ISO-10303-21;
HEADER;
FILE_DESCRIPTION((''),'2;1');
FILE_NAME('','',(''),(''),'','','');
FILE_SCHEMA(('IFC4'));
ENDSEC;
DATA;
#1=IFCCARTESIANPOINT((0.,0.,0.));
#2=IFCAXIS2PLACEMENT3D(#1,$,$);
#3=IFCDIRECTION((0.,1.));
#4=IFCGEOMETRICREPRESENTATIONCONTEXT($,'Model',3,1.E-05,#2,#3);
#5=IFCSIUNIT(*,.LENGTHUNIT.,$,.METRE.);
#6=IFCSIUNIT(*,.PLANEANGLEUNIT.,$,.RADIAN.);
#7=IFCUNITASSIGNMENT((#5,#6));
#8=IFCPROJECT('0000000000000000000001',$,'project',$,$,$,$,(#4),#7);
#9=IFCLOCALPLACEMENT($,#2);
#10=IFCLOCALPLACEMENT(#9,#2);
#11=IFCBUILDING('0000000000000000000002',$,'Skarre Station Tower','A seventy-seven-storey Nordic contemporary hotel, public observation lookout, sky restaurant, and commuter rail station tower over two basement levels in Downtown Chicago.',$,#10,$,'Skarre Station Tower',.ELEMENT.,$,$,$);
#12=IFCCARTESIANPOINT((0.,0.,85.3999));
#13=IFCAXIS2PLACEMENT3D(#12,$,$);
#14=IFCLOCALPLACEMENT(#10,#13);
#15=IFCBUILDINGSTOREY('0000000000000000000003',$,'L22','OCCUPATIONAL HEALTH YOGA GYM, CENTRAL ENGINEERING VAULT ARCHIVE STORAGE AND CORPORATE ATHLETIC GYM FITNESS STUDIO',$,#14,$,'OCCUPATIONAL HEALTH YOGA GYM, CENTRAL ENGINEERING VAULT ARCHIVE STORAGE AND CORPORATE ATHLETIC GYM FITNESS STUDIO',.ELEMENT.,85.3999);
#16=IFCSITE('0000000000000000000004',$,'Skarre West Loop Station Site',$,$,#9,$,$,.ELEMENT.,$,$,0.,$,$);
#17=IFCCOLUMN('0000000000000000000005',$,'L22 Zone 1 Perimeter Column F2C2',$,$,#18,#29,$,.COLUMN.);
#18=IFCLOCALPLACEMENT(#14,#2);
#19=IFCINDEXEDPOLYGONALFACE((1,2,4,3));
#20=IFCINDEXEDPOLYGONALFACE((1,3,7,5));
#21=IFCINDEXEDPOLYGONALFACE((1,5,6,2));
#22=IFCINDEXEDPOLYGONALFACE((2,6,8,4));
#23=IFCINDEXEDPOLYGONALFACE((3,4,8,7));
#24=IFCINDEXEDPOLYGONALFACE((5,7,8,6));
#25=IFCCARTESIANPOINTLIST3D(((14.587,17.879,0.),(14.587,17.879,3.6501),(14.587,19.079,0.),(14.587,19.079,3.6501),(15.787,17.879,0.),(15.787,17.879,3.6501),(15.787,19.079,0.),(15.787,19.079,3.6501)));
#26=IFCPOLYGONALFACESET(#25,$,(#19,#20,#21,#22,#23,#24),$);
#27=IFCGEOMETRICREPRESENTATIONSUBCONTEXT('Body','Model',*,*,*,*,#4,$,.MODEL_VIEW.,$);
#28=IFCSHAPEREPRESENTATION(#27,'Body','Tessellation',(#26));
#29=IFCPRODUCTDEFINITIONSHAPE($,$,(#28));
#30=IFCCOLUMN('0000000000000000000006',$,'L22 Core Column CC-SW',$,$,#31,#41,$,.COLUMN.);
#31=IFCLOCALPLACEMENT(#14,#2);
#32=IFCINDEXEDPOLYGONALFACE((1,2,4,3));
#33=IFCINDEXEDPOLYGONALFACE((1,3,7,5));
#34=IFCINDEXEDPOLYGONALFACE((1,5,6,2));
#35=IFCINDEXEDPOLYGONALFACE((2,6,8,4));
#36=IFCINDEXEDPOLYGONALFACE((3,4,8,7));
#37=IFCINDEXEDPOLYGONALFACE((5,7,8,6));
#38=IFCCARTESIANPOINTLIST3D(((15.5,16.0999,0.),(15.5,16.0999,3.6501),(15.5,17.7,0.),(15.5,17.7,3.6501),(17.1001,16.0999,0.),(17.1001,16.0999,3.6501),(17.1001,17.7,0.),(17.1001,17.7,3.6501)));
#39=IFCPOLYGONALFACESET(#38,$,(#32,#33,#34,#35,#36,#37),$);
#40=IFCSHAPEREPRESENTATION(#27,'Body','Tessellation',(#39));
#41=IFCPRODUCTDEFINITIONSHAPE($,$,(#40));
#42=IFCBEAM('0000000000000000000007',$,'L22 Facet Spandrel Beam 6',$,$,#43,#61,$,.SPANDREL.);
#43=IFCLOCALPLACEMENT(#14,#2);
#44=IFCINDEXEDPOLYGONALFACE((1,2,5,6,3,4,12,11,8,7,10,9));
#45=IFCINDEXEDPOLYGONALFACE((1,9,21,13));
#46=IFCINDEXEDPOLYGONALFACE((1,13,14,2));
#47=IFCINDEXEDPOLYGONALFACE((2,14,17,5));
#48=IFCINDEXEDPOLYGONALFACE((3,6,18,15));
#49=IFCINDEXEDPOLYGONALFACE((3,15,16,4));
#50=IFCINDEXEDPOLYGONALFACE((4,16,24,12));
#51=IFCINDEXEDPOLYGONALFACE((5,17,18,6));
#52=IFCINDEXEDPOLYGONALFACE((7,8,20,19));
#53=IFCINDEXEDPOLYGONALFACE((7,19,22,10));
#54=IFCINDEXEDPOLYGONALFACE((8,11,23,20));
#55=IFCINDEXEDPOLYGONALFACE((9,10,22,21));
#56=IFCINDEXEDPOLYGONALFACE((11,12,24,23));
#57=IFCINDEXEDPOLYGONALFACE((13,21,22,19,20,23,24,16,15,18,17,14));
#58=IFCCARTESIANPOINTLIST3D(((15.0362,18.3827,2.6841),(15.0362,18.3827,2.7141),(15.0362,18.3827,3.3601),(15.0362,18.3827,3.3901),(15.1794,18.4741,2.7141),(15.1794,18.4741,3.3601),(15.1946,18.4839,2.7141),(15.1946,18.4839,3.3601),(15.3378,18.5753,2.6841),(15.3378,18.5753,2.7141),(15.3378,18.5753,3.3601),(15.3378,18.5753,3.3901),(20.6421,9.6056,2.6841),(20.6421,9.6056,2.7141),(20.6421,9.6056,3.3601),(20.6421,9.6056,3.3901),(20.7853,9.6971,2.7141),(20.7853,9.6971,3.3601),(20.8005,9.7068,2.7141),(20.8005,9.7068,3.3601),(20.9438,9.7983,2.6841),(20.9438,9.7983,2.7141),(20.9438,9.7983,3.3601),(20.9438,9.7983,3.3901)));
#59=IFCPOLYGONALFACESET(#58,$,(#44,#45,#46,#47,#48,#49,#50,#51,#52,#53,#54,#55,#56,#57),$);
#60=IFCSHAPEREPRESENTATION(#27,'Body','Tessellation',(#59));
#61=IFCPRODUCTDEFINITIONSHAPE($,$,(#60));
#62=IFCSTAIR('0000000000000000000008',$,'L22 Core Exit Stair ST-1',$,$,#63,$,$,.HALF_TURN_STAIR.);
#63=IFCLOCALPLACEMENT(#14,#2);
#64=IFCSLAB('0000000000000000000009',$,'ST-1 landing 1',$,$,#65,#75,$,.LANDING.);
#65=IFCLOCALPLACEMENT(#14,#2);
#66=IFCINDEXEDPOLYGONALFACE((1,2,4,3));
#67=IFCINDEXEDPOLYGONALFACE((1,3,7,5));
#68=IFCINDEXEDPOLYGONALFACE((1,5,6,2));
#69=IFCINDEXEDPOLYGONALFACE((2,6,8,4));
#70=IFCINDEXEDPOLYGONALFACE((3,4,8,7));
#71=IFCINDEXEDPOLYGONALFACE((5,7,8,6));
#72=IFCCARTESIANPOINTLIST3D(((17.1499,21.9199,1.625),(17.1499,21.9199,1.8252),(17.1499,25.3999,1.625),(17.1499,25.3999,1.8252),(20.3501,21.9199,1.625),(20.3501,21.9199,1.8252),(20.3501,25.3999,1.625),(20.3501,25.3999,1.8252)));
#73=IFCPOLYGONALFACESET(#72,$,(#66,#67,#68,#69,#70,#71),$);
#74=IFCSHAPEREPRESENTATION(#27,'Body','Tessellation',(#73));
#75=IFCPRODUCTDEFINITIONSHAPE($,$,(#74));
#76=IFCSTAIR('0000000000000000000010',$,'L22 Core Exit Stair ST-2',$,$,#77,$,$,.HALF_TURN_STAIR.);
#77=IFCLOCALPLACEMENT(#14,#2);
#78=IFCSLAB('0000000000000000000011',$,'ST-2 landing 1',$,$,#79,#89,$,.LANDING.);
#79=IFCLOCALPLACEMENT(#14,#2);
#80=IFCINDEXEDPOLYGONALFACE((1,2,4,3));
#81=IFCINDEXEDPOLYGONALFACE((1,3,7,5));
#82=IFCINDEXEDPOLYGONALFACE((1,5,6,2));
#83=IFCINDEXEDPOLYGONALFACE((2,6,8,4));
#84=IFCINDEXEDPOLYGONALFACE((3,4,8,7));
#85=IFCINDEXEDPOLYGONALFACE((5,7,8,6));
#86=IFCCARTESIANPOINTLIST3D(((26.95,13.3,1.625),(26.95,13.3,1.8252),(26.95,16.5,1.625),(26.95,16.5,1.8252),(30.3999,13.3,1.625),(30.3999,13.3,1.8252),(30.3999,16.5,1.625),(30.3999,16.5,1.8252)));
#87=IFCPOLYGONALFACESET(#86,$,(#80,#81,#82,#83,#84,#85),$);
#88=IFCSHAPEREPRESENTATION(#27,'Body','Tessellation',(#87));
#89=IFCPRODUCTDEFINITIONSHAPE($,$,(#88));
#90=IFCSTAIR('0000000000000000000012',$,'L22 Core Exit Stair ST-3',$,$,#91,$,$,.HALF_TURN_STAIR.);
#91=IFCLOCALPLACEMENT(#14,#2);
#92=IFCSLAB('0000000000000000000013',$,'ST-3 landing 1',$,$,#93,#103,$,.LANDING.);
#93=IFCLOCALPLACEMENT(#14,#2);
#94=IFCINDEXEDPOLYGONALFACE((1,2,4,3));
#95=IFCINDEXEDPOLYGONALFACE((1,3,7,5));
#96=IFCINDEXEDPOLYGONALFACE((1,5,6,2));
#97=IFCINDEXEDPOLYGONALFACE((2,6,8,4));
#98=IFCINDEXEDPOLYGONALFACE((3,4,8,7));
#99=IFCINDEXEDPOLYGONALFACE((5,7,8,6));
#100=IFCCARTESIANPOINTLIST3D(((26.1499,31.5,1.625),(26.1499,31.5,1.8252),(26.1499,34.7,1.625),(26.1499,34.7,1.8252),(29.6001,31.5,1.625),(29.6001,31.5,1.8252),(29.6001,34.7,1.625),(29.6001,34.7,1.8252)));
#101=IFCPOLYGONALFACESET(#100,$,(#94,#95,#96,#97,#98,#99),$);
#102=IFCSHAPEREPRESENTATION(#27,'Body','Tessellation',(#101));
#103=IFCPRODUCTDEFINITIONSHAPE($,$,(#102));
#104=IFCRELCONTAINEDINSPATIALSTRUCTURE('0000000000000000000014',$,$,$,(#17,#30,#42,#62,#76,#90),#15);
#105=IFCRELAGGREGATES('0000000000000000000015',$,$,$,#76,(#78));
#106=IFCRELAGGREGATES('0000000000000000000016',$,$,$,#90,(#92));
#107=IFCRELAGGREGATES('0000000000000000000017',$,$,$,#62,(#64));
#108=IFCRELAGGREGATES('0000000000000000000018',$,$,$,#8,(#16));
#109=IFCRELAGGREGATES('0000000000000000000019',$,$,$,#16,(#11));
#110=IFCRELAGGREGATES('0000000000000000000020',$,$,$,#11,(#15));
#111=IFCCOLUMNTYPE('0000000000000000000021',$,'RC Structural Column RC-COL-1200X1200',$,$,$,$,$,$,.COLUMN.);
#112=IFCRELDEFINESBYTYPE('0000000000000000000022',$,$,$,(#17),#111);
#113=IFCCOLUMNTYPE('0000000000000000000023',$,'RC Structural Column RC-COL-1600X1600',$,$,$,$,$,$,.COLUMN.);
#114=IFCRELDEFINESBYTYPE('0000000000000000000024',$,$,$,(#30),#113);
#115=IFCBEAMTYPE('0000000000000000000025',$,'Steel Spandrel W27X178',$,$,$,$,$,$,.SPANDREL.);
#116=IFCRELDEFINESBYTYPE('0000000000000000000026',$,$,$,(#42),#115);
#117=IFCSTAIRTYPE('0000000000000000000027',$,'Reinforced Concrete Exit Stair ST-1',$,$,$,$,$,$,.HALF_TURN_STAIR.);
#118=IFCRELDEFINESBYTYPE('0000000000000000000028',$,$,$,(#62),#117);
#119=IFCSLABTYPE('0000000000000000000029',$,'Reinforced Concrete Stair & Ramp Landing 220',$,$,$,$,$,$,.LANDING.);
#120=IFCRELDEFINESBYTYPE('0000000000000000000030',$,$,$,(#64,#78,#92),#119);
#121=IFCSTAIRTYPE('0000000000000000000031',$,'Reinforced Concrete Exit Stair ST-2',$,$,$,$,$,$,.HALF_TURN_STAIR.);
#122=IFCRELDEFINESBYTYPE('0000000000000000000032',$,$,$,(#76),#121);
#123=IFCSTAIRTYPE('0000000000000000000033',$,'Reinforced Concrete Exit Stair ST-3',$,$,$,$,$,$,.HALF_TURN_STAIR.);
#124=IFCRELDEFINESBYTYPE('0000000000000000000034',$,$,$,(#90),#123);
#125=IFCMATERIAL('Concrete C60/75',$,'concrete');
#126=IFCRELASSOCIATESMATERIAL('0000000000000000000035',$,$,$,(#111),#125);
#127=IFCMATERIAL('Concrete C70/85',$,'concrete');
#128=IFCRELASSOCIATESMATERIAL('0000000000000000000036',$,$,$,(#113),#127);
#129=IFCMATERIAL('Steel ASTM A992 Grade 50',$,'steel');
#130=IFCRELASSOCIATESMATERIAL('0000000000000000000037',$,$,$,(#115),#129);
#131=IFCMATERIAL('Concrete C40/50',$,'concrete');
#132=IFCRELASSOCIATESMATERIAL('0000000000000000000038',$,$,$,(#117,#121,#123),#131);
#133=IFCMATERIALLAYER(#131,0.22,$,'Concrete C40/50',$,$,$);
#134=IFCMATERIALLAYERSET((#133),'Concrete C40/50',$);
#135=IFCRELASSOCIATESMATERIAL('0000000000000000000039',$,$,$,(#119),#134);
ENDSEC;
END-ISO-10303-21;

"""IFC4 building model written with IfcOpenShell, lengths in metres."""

from ifc_helpers import new_model, si_unit, direction, frame, origin, origin_2d, place, context, subcontext, project, spatial, polyline, rectangle, i_section, outline, extrude, material, layer, layer_set, material_profile, profile_set, type_object, element, aggregate, save


model = new_model("IFC4")

# Units and contexts
model_context = context("Model", 3, precision=1e-05, world=origin(), true_north=direction((0.0, 1.0)))
body_context = subcontext(model_context, "Body", "Model", "MODEL_VIEW")
ifc_project = project(units=[si_unit("LENGTHUNIT", "METRE"), si_unit("PLANEANGLEUNIT", "RADIAN")], contexts=[model_context])

# Site, building, storey
site_placement = place(None, origin())
site = spatial("IfcSite", under=ifc_project, at=site_placement, Name="Skarre West Loop Station Site", CompositionType="ELEMENT", RefElevation=0.0)
building_placement = place(site_placement, origin())
building = spatial("IfcBuilding", under=site, at=building_placement, Name="Skarre Station Tower", Description="A seventy-seven-storey Nordic contemporary hotel, public observation lookout, sky restaurant, and commuter rail station tower over two basement levels in Downtown Chicago.", LongName="Skarre Station Tower", CompositionType="ELEMENT")
storey_placement = place(building_placement, frame((0.0, 0.0, 85.3999)))
storey = spatial("IfcBuildingStorey", under=building, at=storey_placement, Name="L22", Description="OCCUPATIONAL HEALTH YOGA GYM, CENTRAL ENGINEERING VAULT ARCHIVE STORAGE AND CORPORATE ATHLETIC GYM FITNESS STUDIO", LongName="OCCUPATIONAL HEALTH YOGA GYM, CENTRAL ENGINEERING VAULT ARCHIVE STORAGE AND CORPORATE ATHLETIC GYM FITNESS STUDIO", CompositionType="ELEMENT", Elevation=85.3999)

# Columns
ifc_material_1 = material(Name="Concrete C60/75", Category="concrete")
ifc_material_profile_1 = material_profile(ifc_material_1, rectangle(XDim=1.2, YDim=1.2, at=origin_2d()), Name="Concrete C60/75")
ifc_profile_set_1 = profile_set([ifc_material_profile_1], Name="Concrete C60/75")
column_type_1 = type_object("IfcColumnType", Name="RC Structural Column RC-COL-1200X1200", PredefinedType="COLUMN", material=ifc_profile_set_1)
column_1_placement = place(storey_placement, frame((15.187, 18.479, 0.0), z_axis=(0.0, 0.0, 1.0), x_axis=(1.0, 0.0, 0.0)))
element("IfcColumn", 1, at=column_1_placement, inside=storey, type_object=column_type_1, Name="L22 Zone 1 Perimeter Column F2C2", PredefinedType="COLUMN", context=body_context, shape_type="SweptSolid", body=[
    extrude(rectangle(XDim=1.2, YDim=1.2, at=origin_2d()), origin(), (0.0, 0.0, 1.0), 3.6501),
])
ifc_material_2 = material(Name="Concrete C70/85", Category="concrete")
ifc_material_profile_2 = material_profile(ifc_material_2, rectangle(XDim=1.6001, YDim=1.6001, at=origin_2d()), Name="Concrete C70/85")
ifc_profile_set_2 = profile_set([ifc_material_profile_2], Name="Concrete C70/85")
column_type_2 = type_object("IfcColumnType", Name="RC Structural Column RC-COL-1600X1600", PredefinedType="COLUMN", material=ifc_profile_set_2)
column_2_placement = place(storey_placement, frame((16.3, 16.8999, 0.0), z_axis=(0.0, 0.0, 1.0), x_axis=(1.0, 0.0, 0.0)))
element("IfcColumn", 2, at=column_2_placement, inside=storey, type_object=column_type_2, Name="L22 Core Column CC-SW", PredefinedType="COLUMN", context=body_context, shape_type="SweptSolid", body=[
    extrude(rectangle(XDim=1.6001, YDim=1.6001, at=origin_2d()), origin(), (0.0, 0.0, 1.0), 3.6501),
])

# Beam
ifc_material_3 = material(Name="Steel ASTM A992 Grade 50", Category="steel")
ifc_material_profile_3 = material_profile(ifc_material_3, i_section(OverallWidth=0.3579, OverallDepth=0.7061, WebThickness=0.0181, FlangeThickness=0.03, at=origin_2d()), Name="Steel ASTM A992 Grade 50")
ifc_profile_set_3 = profile_set([ifc_material_profile_3], Name="Steel ASTM A992 Grade 50")
beam_type = type_object("IfcBeamType", Name="Steel Spandrel W27X178", PredefinedType="SPANDREL", material=ifc_profile_set_3)
beam_placement = place(storey_placement, frame((15.187, 18.479, 3.0371), z_axis=(0.538278, -0.842767, 0.0), x_axis=(0.842767, 0.538278, 0.0)))
element("IfcBeam", 3, at=beam_placement, inside=storey, type_object=beam_type, Name="L22 Facet Spandrel Beam 6", PredefinedType="SPANDREL", context=body_context, shape_type="SweptSolid", body=[
    extrude(i_section(OverallWidth=0.3579, OverallDepth=0.7061, WebThickness=0.0181, FlangeThickness=0.03, at=origin_2d()), origin(), (0.0, 0.0, 1.0), 10.4146),
])

# Stairs, slabs
ifc_material_4 = material(Name="Concrete C40/50", Category="concrete")
stair_type_1 = type_object("IfcStairType", Name="Reinforced Concrete Exit Stair ST-1", PredefinedType="HALF_TURN_STAIR", material=ifc_material_4)
stair_1_placement = place(storey_placement, origin())
stair_1 = element("IfcStair", 4, at=stair_1_placement, inside=storey, type_object=stair_type_1, Name="L22 Core Exit Stair ST-1", PredefinedType="HALF_TURN_STAIR")
ifc_layer_1 = layer(ifc_material_4, 0.22, Name="Concrete C40/50")
ifc_layer_set_1 = layer_set([ifc_layer_1], Name="Concrete C40/50")
slab_type_1 = type_object("IfcSlabType", Name="Reinforced Concrete Stair & Ramp Landing 220", PredefinedType="LANDING", material=ifc_layer_set_1)
slab_1_placement = place(storey_placement, frame((0.0, 0.0, 1.625)))
slab_1 = element("IfcSlab", 5, at=slab_1_placement, type_object=slab_type_1, Name="ST-1 landing 1", PredefinedType="LANDING", context=body_context, shape_type="SweptSolid", body=[
    extrude(outline(polyline([(20.3501, 21.9199), (20.3501, 25.3999), (17.1499, 25.3999), (17.1499, 21.9199), (20.3501, 21.9199)])), origin(), (0.0, 0.0, 1.0), 0.2002),
])
stair_type_2 = type_object("IfcStairType", Name="Reinforced Concrete Exit Stair ST-2", PredefinedType="HALF_TURN_STAIR", material=ifc_material_4)
stair_2_placement = place(storey_placement, origin())
stair_2 = element("IfcStair", 6, at=stair_2_placement, inside=storey, type_object=stair_type_2, Name="L22 Core Exit Stair ST-2", PredefinedType="HALF_TURN_STAIR")
slab_2_placement = place(storey_placement, frame((0.0, 0.0, 1.625)))
slab_2 = element("IfcSlab", 7, at=slab_2_placement, type_object=slab_type_1, Name="ST-2 landing 1", PredefinedType="LANDING", context=body_context, shape_type="SweptSolid", body=[
    extrude(outline(polyline([(26.95, 13.3), (30.3999, 13.3), (30.3999, 16.5), (26.95, 16.5), (26.95, 13.3)])), origin(), (0.0, 0.0, 1.0), 0.2002),
])
aggregate(stair_2, [slab_2])
stair_type_3 = type_object("IfcStairType", Name="Reinforced Concrete Exit Stair ST-3", PredefinedType="HALF_TURN_STAIR", material=ifc_material_4)
stair_3_placement = place(storey_placement, origin())
stair_3 = element("IfcStair", 8, at=stair_3_placement, inside=storey, type_object=stair_type_3, Name="L22 Core Exit Stair ST-3", PredefinedType="HALF_TURN_STAIR")
slab_3_placement = place(storey_placement, frame((0.0, 0.0, 1.625)))
slab_3 = element("IfcSlab", 9, at=slab_3_placement, type_object=slab_type_1, Name="ST-3 landing 1", PredefinedType="LANDING", context=body_context, shape_type="SweptSolid", body=[
    extrude(outline(polyline([(26.1499, 31.5), (29.6001, 31.5), (29.6001, 34.7), (26.1499, 34.7), (26.1499, 31.5)])), origin(), (0.0, 0.0, 1.0), 0.2002),
])
aggregate(stair_3, [slab_3])

aggregate(stair_1, [slab_1])

save(model, "model.ifc")
